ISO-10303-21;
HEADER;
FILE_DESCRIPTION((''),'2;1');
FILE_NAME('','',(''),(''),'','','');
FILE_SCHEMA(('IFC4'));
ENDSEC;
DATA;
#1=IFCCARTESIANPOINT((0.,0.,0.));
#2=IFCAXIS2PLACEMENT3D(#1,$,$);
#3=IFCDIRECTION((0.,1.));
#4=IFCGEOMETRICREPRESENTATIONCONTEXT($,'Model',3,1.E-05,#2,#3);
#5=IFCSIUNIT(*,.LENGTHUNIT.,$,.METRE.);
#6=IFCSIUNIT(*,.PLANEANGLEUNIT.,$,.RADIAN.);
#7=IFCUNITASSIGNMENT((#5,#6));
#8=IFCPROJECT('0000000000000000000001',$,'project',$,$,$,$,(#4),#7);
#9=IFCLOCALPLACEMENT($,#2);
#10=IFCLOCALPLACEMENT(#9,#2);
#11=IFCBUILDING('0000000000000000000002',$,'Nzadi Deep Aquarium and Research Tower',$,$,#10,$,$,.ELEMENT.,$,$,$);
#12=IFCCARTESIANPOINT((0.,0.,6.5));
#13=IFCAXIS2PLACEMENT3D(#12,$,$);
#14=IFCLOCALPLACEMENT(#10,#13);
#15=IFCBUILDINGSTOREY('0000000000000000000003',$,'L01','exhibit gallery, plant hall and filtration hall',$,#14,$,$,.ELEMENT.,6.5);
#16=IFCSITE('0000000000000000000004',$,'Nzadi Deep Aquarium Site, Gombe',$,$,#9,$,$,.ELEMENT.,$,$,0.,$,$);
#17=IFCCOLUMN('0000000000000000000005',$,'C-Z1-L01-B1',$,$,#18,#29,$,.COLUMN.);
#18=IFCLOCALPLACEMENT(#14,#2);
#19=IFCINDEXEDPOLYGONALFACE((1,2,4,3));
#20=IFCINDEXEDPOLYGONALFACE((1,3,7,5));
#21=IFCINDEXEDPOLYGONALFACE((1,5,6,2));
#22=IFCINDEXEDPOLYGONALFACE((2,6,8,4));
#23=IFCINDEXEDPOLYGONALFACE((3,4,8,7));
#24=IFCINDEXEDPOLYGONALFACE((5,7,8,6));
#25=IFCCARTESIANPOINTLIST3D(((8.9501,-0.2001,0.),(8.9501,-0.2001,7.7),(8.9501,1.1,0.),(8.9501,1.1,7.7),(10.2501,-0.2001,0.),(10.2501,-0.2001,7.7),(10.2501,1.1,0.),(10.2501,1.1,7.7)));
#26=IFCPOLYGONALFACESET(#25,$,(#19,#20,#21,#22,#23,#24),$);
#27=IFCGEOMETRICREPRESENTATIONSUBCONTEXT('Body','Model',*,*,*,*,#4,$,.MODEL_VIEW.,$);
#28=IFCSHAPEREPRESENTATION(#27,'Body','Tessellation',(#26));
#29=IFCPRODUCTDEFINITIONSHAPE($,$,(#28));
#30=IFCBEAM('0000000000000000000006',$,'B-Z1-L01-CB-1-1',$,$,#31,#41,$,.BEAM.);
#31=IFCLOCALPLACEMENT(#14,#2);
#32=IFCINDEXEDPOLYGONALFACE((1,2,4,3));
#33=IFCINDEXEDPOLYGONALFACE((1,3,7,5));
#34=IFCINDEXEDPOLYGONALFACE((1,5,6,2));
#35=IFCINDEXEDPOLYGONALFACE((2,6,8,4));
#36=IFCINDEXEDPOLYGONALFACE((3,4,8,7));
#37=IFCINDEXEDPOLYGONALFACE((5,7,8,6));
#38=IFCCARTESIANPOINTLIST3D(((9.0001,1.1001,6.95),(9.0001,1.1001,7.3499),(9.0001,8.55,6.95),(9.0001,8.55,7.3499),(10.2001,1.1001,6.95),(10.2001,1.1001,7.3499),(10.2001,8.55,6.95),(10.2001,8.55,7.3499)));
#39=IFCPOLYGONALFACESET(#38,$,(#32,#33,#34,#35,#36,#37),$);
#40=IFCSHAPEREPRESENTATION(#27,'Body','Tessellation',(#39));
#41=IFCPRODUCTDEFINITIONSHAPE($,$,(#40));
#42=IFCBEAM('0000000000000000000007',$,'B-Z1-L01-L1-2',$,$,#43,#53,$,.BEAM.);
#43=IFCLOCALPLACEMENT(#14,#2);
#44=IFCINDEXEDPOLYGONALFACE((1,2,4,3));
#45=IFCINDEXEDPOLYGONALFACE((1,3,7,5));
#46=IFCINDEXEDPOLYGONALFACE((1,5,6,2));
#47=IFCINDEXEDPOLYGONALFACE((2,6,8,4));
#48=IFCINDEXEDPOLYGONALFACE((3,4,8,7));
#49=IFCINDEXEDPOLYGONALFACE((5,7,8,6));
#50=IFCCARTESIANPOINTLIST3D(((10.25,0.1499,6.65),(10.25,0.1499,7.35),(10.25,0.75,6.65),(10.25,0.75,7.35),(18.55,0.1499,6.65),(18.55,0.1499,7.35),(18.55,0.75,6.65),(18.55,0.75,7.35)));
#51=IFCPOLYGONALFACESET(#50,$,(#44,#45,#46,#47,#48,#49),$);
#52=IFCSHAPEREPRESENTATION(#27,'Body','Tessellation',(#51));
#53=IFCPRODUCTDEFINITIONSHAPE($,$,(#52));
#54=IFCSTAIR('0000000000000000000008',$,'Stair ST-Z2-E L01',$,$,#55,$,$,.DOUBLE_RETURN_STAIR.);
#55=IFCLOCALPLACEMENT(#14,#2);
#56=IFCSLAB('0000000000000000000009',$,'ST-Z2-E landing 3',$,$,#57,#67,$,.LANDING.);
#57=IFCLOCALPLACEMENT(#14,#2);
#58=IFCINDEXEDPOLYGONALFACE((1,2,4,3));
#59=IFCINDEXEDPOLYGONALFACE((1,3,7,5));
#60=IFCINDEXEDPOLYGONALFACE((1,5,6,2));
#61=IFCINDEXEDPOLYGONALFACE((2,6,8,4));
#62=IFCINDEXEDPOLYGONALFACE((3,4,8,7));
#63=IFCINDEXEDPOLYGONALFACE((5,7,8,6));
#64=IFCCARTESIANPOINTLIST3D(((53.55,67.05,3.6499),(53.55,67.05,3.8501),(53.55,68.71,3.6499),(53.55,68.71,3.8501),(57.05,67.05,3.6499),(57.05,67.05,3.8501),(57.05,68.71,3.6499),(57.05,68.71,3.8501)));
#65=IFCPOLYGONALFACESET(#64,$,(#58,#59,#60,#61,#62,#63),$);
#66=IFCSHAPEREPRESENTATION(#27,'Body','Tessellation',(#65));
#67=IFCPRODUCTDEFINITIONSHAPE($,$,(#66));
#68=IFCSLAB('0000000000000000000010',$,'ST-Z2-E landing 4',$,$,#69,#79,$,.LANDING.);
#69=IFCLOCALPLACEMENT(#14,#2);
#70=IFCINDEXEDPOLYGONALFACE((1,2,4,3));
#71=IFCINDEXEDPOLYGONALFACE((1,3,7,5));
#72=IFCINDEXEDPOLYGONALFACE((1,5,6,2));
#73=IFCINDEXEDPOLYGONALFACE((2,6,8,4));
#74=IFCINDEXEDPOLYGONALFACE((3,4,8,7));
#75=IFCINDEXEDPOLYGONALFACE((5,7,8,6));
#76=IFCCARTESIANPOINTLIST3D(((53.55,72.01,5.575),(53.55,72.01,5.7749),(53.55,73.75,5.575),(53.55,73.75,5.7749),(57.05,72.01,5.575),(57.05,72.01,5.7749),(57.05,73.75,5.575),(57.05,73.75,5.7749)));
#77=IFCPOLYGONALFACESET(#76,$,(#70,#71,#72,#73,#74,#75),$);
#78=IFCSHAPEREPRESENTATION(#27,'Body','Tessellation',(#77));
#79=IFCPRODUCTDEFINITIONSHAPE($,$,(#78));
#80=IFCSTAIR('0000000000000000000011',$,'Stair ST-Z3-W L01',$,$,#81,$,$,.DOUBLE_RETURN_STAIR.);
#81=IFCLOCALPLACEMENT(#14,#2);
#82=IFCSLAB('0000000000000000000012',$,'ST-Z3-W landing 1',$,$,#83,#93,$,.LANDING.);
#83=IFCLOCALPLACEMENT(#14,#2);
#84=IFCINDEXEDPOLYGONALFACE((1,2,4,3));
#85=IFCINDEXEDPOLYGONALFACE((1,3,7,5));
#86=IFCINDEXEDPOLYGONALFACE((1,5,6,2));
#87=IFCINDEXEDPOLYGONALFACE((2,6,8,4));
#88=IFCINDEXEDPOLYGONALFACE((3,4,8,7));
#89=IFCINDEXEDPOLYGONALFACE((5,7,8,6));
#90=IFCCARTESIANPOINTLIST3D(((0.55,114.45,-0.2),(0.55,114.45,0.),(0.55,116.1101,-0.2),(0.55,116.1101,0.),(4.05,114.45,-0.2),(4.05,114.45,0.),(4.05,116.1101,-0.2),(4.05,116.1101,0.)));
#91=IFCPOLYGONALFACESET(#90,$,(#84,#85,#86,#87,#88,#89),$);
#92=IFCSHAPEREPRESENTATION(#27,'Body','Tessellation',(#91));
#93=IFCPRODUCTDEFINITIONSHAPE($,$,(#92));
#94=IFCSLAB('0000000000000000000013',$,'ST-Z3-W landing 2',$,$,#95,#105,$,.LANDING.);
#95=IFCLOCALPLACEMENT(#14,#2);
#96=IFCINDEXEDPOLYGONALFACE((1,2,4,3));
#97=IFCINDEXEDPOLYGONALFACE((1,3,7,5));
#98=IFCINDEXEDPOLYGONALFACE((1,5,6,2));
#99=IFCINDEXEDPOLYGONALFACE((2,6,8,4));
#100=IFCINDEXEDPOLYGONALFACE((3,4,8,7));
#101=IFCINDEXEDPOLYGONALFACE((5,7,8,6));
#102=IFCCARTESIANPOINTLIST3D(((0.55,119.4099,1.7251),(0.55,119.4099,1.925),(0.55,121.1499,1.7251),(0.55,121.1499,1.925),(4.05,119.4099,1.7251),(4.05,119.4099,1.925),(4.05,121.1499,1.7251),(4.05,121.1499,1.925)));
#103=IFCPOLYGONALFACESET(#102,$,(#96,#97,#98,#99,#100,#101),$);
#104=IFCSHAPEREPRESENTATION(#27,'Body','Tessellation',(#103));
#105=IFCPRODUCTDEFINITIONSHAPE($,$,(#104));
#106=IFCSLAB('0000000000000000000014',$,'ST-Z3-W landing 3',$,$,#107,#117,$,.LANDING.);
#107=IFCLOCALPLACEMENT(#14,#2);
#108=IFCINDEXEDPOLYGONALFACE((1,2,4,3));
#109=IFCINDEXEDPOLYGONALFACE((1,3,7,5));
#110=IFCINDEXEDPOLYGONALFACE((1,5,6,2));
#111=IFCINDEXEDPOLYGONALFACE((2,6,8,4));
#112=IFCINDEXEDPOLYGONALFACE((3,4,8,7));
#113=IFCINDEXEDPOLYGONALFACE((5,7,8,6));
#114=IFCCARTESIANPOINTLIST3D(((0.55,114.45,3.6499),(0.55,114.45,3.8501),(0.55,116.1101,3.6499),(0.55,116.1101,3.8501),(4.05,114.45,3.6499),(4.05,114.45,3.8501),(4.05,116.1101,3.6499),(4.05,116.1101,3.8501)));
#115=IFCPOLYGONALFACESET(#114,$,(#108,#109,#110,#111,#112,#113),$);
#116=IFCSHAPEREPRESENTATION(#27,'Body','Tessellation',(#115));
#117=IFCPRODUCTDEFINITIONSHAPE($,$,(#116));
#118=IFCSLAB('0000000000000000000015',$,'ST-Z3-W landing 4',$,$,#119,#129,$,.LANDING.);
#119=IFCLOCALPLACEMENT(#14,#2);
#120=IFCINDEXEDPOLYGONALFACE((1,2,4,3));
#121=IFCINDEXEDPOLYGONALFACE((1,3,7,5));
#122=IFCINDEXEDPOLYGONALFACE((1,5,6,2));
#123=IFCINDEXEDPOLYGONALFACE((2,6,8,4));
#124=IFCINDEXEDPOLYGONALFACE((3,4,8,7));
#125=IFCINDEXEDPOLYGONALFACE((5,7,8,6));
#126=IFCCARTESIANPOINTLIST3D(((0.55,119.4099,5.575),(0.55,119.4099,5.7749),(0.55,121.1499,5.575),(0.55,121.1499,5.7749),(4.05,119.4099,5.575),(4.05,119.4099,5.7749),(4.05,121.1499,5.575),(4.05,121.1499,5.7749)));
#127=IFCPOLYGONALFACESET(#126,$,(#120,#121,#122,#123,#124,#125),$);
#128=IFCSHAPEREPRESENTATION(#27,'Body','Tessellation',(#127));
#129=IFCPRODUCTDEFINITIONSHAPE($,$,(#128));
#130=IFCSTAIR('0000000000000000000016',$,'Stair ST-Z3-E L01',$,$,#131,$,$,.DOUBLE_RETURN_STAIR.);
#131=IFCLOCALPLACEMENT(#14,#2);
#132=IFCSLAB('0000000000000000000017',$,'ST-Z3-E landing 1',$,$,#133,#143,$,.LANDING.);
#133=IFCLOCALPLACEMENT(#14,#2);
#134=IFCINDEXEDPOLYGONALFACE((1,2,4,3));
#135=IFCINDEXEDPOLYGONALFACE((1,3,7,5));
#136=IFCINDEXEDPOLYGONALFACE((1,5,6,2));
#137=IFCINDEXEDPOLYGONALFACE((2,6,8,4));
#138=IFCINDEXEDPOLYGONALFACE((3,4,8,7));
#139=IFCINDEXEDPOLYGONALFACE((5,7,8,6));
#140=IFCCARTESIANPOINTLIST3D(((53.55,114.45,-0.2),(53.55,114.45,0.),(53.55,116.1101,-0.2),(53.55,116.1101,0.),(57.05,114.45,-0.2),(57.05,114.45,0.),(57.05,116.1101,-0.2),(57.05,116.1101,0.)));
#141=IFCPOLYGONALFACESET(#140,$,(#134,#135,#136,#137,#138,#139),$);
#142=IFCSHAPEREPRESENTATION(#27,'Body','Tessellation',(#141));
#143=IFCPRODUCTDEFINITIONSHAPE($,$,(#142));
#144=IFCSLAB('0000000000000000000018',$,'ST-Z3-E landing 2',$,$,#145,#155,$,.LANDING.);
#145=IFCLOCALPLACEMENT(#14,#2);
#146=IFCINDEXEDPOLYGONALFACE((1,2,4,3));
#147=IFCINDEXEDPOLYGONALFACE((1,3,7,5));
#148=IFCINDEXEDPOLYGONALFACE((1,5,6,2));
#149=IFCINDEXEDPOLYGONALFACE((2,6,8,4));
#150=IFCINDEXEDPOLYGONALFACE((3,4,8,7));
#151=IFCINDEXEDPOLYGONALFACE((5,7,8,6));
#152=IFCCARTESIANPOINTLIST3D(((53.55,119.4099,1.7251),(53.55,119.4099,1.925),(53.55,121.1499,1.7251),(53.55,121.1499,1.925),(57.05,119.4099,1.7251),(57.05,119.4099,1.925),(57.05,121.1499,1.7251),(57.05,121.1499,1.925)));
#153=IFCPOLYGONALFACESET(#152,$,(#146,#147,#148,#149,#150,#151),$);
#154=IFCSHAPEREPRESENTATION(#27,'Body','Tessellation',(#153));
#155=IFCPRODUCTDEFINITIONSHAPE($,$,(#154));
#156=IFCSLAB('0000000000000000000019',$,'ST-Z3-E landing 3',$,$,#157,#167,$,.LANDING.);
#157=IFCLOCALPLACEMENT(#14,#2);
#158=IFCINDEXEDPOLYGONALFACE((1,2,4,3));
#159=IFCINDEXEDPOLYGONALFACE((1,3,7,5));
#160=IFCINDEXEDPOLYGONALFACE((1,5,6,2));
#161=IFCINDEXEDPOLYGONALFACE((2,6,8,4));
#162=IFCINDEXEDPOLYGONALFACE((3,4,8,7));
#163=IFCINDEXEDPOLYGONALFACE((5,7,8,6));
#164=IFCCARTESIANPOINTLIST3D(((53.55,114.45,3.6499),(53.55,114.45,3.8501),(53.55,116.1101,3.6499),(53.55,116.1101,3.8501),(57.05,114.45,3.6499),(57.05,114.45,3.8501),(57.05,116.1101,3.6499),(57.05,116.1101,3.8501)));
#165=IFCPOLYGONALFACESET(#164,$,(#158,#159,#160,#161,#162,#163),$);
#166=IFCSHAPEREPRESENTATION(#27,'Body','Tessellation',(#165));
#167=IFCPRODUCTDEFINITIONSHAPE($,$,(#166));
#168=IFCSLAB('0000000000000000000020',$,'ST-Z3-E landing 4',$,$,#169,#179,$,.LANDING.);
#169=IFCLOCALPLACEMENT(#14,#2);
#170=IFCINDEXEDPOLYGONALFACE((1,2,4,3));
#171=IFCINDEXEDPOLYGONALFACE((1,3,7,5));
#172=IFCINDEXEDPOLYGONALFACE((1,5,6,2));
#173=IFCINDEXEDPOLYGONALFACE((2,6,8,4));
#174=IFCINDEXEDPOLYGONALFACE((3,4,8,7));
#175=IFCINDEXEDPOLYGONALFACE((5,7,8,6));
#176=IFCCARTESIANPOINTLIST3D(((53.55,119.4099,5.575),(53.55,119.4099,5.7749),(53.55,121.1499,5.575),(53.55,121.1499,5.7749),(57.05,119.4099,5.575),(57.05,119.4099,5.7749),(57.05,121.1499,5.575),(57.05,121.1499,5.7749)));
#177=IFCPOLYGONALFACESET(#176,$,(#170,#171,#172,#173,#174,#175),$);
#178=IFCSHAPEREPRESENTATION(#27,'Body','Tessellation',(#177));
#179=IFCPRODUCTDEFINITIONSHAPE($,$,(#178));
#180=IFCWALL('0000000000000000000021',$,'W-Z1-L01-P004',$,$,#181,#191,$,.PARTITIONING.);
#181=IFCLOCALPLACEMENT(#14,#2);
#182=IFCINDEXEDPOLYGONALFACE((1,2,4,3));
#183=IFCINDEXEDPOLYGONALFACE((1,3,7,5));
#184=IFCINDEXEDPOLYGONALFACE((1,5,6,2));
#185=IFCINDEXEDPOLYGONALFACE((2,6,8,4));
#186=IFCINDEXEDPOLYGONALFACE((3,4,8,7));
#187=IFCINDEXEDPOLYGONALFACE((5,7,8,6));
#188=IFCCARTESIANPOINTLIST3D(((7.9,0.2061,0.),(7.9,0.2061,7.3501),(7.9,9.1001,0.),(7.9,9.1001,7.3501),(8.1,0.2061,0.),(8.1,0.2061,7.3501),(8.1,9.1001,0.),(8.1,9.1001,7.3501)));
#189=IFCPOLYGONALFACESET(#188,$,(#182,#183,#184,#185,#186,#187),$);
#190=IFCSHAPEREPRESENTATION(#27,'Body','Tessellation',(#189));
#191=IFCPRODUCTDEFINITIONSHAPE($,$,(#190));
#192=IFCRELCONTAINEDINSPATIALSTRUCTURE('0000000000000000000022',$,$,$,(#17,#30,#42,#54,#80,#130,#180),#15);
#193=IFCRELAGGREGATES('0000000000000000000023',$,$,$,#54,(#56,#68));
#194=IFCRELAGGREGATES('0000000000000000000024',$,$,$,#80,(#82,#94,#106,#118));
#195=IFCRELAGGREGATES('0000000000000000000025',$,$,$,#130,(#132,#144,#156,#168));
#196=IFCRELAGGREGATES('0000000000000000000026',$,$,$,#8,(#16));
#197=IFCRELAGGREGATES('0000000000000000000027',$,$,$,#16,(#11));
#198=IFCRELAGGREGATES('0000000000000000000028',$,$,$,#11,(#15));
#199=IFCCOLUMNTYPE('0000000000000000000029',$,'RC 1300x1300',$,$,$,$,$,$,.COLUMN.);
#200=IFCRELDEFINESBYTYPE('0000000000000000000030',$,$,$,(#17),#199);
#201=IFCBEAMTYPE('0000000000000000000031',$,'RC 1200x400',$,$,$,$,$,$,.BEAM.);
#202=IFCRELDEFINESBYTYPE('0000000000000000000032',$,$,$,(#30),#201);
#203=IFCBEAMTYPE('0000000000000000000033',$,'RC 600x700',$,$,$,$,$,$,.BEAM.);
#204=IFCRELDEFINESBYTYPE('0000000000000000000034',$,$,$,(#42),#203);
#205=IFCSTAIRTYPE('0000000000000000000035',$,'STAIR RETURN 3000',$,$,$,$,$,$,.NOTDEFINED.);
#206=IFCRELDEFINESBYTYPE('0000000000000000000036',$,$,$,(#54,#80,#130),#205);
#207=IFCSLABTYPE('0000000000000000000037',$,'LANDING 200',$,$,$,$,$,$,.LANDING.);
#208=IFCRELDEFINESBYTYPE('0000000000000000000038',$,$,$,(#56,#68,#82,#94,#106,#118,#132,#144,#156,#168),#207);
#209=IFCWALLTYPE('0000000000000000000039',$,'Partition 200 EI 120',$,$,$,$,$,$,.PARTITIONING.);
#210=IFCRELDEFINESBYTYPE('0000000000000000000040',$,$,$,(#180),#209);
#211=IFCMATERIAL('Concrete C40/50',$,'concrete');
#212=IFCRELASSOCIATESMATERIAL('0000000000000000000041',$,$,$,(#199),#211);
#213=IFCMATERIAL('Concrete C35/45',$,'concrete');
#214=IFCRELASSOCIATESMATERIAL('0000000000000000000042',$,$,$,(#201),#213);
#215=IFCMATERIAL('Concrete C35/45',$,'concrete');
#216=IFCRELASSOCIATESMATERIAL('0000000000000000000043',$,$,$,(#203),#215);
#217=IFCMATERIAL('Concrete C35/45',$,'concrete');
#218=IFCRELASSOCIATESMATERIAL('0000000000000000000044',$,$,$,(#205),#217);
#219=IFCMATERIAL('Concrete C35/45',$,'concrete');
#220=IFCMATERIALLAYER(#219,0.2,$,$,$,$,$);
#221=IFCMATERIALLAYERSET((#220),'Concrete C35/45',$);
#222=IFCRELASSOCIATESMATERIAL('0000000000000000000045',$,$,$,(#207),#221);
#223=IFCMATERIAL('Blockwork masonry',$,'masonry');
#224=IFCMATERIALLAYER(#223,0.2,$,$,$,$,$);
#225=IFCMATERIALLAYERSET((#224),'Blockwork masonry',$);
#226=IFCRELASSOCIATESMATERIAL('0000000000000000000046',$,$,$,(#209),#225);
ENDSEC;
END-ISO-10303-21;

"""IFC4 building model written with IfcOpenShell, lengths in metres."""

from ifc_helpers import new_model, si_unit, direction, frame, frame_2d, origin, origin_2d, place, context, subcontext, project, spatial, polyline, rectangle, outline, extrude, material, layer, layer_set, material_profile, profile_set, type_object, element, aggregate, save


model = new_model("IFC4")

# Units and contexts
model_context = context("Model", 3, precision=1e-05, world=origin(), true_north=direction((0.0, 1.0)))
body_context = subcontext(model_context, "Body", "Model", "MODEL_VIEW")
ifc_project = project(units=[si_unit("LENGTHUNIT", "METRE"), si_unit("PLANEANGLEUNIT", "RADIAN")], contexts=[model_context])

# Site, building, storey
site_placement = place(None, origin())
site = spatial("IfcSite", under=ifc_project, at=site_placement, Name="Nzadi Deep Aquarium Site, Gombe", CompositionType="ELEMENT", RefElevation=0.0)
building_placement = place(site_placement, origin())
building = spatial("IfcBuilding", under=site, at=building_placement, Name="Nzadi Deep Aquarium and Research Tower", CompositionType="ELEMENT")
storey_placement = place(building_placement, frame((0.0, 0.0, 6.5)))
storey = spatial("IfcBuildingStorey", under=building, at=storey_placement, Name="L01", Description="exhibit gallery, plant hall and filtration hall", CompositionType="ELEMENT", Elevation=6.5)

# Column
ifc_material_1 = material(Name="Concrete C40/50", Category="concrete")
ifc_material_profile_1 = material_profile(ifc_material_1, rectangle(XDim=1.3, YDim=1.3, at=origin_2d()))
ifc_profile_set_1 = profile_set([ifc_material_profile_1], Name="Concrete C40/50")
column_type = type_object("IfcColumnType", Name="RC 1300x1300", PredefinedType="COLUMN", material=ifc_profile_set_1)
column_placement = place(storey_placement, frame((9.6001, 0.45, 0.0), z_axis=(0.0, 0.0, 1.0), x_axis=(1.0, 0.0, 0.0)))
element("IfcColumn", 1, at=column_placement, inside=storey, type_object=column_type, Name="C-Z1-L01-B1", PredefinedType="COLUMN", context=body_context, shape_type="SweptSolid", body=[
    extrude(rectangle(XDim=1.3, YDim=1.3, at=origin_2d()), origin(), (0.0, 0.0, 1.0), 7.7),
])

# Beams
ifc_material_2 = material(Name="Concrete C35/45", Category="concrete")
ifc_material_profile_2 = material_profile(ifc_material_2, rectangle(XDim=1.2, YDim=0.3999, at=origin_2d()))
ifc_profile_set_2 = profile_set([ifc_material_profile_2], Name="Concrete C35/45")
beam_type_1 = type_object("IfcBeamType", Name="RC 1200x400", PredefinedType="BEAM", material=ifc_profile_set_2)
beam_1_placement = place(storey_placement, frame((9.6001, 1.1001, 7.1499), z_axis=(0.0, 1.0, 0.0), x_axis=(-1.0, 0.0, 0.0)))
element("IfcBeam", 2, at=beam_1_placement, inside=storey, type_object=beam_type_1, Name="B-Z1-L01-CB-1-1", PredefinedType="BEAM", context=body_context, shape_type="SweptSolid", body=[
    extrude(rectangle(XDim=1.2, YDim=0.3999, at=origin_2d()), origin(), (0.0, 0.0, 1.0), 7.45),
])
ifc_material_3 = material(Name="Concrete C35/45", Category="concrete")
ifc_material_profile_3 = material_profile(ifc_material_3, rectangle(XDim=0.6001, YDim=0.7, at=origin_2d()))
ifc_profile_set_3 = profile_set([ifc_material_profile_3], Name="Concrete C35/45")
beam_type_2 = type_object("IfcBeamType", Name="RC 600x700", PredefinedType="BEAM", material=ifc_profile_set_3)
beam_2_placement = place(storey_placement, frame((10.25, 0.45, 7.0), z_axis=(1.0, 0.0, 0.0), x_axis=(0.0, 1.0, 0.0)))
element("IfcBeam", 3, at=beam_2_placement, inside=storey, type_object=beam_type_2, Name="B-Z1-L01-L1-2", PredefinedType="BEAM", context=body_context, shape_type="SweptSolid", body=[
    extrude(rectangle(XDim=0.6001, YDim=0.7, at=origin_2d()), origin(), (0.0, 0.0, 1.0), 8.3),
])

# Stairs, slabs
ifc_material_4 = material(Name="Concrete C35/45", Category="concrete")
stair_type = type_object("IfcStairType", Name="STAIR RETURN 3000", PredefinedType="NOTDEFINED", material=ifc_material_4)
stair_1_placement = place(storey_placement, origin())
stair_1 = element("IfcStair", 4, at=stair_1_placement, inside=storey, type_object=stair_type, Name="Stair ST-Z2-E L01", PredefinedType="DOUBLE_RETURN_STAIR")
ifc_material_5 = material(Name="Concrete C35/45", Category="concrete")
ifc_layer_1 = layer(ifc_material_5, 0.2)
ifc_layer_set_1 = layer_set([ifc_layer_1], Name="Concrete C35/45")
slab_type = type_object("IfcSlabType", Name="LANDING 200", PredefinedType="LANDING", material=ifc_layer_set_1)
slab_1_placement = place(storey_placement, frame((0.0, 0.0, 3.6499)))
slab_1 = element("IfcSlab", 5, at=slab_1_placement, type_object=slab_type, Name="ST-Z2-E landing 3", PredefinedType="LANDING", context=body_context, shape_type="SweptSolid", body=[
    extrude(outline(polyline([(57.05, 68.71), (53.55, 68.71), (53.55, 67.05), (57.05, 67.05), (57.05, 68.71)])), origin(), (0.0, 0.0, 1.0), 0.2002),
])
slab_2_placement = place(storey_placement, frame((0.0, 0.0, 5.575)))
slab_2 = element("IfcSlab", 6, at=slab_2_placement, type_object=slab_type, Name="ST-Z2-E landing 4", PredefinedType="LANDING", context=body_context, shape_type="SweptSolid", body=[
    extrude(outline(polyline([(57.05, 73.75), (53.55, 73.75), (53.55, 72.01), (57.05, 72.01), (57.05, 73.75)])), origin(), (0.0, 0.0, 1.0), 0.2),
])
aggregate(stair_1, [slab_1, slab_2])
stair_2_placement = place(storey_placement, origin())
stair_2 = element("IfcStair", 7, at=stair_2_placement, inside=storey, type_object=stair_type, Name="Stair ST-Z3-W L01", PredefinedType="DOUBLE_RETURN_STAIR")
slab_3_placement = place(storey_placement, frame((0.0, 0.0, -0.2)))
slab_3 = element("IfcSlab", 8, at=slab_3_placement, type_object=slab_type, Name="ST-Z3-W landing 1", PredefinedType="LANDING", context=body_context, shape_type="SweptSolid", body=[
    extrude(outline(polyline([(0.55, 114.45), (4.05, 114.45), (4.05, 116.1101), (0.55, 116.1101), (0.55, 114.45)])), origin(), (0.0, 0.0, 1.0), 0.2),
])
slab_4_placement = place(storey_placement, frame((0.0, 0.0, 1.7251)))
slab_4 = element("IfcSlab", 9, at=slab_4_placement, type_object=slab_type, Name="ST-Z3-W landing 2", PredefinedType="LANDING", context=body_context, shape_type="SweptSolid", body=[
    extrude(outline(polyline([(0.55, 119.4099), (4.05, 119.4099), (4.05, 121.1499), (0.55, 121.1499), (0.55, 119.4099)])), origin(), (0.0, 0.0, 1.0), 0.2),
])
slab_5_placement = place(storey_placement, frame((0.0, 0.0, 3.6499)))
slab_5 = element("IfcSlab", 10, at=slab_5_placement, type_object=slab_type, Name="ST-Z3-W landing 3", PredefinedType="LANDING", context=body_context, shape_type="SweptSolid", body=[
    extrude(outline(polyline([(0.55, 114.45), (4.05, 114.45), (4.05, 116.1101), (0.55, 116.1101), (0.55, 114.45)])), origin(), (0.0, 0.0, 1.0), 0.2002),
])
slab_6_placement = place(storey_placement, frame((0.0, 0.0, 5.575)))
slab_6 = element("IfcSlab", 11, at=slab_6_placement, type_object=slab_type, Name="ST-Z3-W landing 4", PredefinedType="LANDING", context=body_context, shape_type="SweptSolid", body=[
    extrude(outline(polyline([(0.55, 119.4099), (4.05, 119.4099), (4.05, 121.1499), (0.55, 121.1499), (0.55, 119.4099)])), origin(), (0.0, 0.0, 1.0), 0.2),
])
aggregate(stair_2, [slab_3, slab_4, slab_5, slab_6])
stair_3_placement = place(storey_placement, origin())
stair_3 = element("IfcStair", 12, at=stair_3_placement, inside=storey, type_object=stair_type, Name="Stair ST-Z3-E L01", PredefinedType="DOUBLE_RETURN_STAIR")
slab_7_placement = place(storey_placement, frame((0.0, 0.0, -0.2)))
slab_7 = element("IfcSlab", 13, at=slab_7_placement, type_object=slab_type, Name="ST-Z3-E landing 1", PredefinedType="LANDING", context=body_context, shape_type="SweptSolid", body=[
    extrude(outline(polyline([(57.05, 116.1101), (53.55, 116.1101), (53.55, 114.45), (57.05, 114.45), (57.05, 116.1101)])), origin(), (0.0, 0.0, 1.0), 0.2),
])
slab_8_placement = place(storey_placement, frame((0.0, 0.0, 1.7251)))
slab_8 = element("IfcSlab", 14, at=slab_8_placement, type_object=slab_type, Name="ST-Z3-E landing 2", PredefinedType="LANDING", context=body_context, shape_type="SweptSolid", body=[
    extrude(outline(polyline([(57.05, 121.1499), (53.55, 121.1499), (53.55, 119.4099), (57.05, 119.4099), (57.05, 121.1499)])), origin(), (0.0, 0.0, 1.0), 0.2),
])
slab_9_placement = place(storey_placement, frame((0.0, 0.0, 3.6499)))
slab_9 = element("IfcSlab", 15, at=slab_9_placement, type_object=slab_type, Name="ST-Z3-E landing 3", PredefinedType="LANDING", context=body_context, shape_type="SweptSolid", body=[
    extrude(outline(polyline([(57.05, 116.1101), (53.55, 116.1101), (53.55, 114.45), (57.05, 114.45), (57.05, 116.1101)])), origin(), (0.0, 0.0, 1.0), 0.2002),
])
slab_10_placement = place(storey_placement, frame((0.0, 0.0, 5.575)))
slab_10 = element("IfcSlab", 16, at=slab_10_placement, type_object=slab_type, Name="ST-Z3-E landing 4", PredefinedType="LANDING", context=body_context, shape_type="SweptSolid", body=[
    extrude(outline(polyline([(57.05, 121.1499), (53.55, 121.1499), (53.55, 119.4099), (57.05, 119.4099), (57.05, 121.1499)])), origin(), (0.0, 0.0, 1.0), 0.2),
])
aggregate(stair_3, [slab_7, slab_8, slab_9, slab_10])

# Wall
ifc_material_6 = material(Name="Blockwork masonry", Category="masonry")
ifc_layer_2 = layer(ifc_material_6, 0.2)
ifc_layer_set_2 = layer_set([ifc_layer_2], Name="Blockwork masonry")
wall_type_1 = type_object("IfcWallType", Name="Partition 200 EI 120", PredefinedType="PARTITIONING", material=ifc_layer_set_2)
for number, where, z_axis, x_axis, name in (
    (17, (8.0, 0.2061, 0.0), (0.0, 0.0, 1.0), (0.0, 1.0, 0.0), "W-Z1-L01-P004"),
):
    element("IfcWall", number, at=place(storey_placement, frame(where, z_axis=z_axis, x_axis=x_axis)), inside=storey, type_object=wall_type_1, Name=name, PredefinedType="PARTITIONING", context=body_context, shape_type="SweptSolid", body=[
        extrude(rectangle(XDim=8.894, YDim=0.2, at=frame_2d((4.447, 0.0))), origin(), (0.0, 0.0, 1.0), 7.3501),
    ])

save(model, "model.ifc")
